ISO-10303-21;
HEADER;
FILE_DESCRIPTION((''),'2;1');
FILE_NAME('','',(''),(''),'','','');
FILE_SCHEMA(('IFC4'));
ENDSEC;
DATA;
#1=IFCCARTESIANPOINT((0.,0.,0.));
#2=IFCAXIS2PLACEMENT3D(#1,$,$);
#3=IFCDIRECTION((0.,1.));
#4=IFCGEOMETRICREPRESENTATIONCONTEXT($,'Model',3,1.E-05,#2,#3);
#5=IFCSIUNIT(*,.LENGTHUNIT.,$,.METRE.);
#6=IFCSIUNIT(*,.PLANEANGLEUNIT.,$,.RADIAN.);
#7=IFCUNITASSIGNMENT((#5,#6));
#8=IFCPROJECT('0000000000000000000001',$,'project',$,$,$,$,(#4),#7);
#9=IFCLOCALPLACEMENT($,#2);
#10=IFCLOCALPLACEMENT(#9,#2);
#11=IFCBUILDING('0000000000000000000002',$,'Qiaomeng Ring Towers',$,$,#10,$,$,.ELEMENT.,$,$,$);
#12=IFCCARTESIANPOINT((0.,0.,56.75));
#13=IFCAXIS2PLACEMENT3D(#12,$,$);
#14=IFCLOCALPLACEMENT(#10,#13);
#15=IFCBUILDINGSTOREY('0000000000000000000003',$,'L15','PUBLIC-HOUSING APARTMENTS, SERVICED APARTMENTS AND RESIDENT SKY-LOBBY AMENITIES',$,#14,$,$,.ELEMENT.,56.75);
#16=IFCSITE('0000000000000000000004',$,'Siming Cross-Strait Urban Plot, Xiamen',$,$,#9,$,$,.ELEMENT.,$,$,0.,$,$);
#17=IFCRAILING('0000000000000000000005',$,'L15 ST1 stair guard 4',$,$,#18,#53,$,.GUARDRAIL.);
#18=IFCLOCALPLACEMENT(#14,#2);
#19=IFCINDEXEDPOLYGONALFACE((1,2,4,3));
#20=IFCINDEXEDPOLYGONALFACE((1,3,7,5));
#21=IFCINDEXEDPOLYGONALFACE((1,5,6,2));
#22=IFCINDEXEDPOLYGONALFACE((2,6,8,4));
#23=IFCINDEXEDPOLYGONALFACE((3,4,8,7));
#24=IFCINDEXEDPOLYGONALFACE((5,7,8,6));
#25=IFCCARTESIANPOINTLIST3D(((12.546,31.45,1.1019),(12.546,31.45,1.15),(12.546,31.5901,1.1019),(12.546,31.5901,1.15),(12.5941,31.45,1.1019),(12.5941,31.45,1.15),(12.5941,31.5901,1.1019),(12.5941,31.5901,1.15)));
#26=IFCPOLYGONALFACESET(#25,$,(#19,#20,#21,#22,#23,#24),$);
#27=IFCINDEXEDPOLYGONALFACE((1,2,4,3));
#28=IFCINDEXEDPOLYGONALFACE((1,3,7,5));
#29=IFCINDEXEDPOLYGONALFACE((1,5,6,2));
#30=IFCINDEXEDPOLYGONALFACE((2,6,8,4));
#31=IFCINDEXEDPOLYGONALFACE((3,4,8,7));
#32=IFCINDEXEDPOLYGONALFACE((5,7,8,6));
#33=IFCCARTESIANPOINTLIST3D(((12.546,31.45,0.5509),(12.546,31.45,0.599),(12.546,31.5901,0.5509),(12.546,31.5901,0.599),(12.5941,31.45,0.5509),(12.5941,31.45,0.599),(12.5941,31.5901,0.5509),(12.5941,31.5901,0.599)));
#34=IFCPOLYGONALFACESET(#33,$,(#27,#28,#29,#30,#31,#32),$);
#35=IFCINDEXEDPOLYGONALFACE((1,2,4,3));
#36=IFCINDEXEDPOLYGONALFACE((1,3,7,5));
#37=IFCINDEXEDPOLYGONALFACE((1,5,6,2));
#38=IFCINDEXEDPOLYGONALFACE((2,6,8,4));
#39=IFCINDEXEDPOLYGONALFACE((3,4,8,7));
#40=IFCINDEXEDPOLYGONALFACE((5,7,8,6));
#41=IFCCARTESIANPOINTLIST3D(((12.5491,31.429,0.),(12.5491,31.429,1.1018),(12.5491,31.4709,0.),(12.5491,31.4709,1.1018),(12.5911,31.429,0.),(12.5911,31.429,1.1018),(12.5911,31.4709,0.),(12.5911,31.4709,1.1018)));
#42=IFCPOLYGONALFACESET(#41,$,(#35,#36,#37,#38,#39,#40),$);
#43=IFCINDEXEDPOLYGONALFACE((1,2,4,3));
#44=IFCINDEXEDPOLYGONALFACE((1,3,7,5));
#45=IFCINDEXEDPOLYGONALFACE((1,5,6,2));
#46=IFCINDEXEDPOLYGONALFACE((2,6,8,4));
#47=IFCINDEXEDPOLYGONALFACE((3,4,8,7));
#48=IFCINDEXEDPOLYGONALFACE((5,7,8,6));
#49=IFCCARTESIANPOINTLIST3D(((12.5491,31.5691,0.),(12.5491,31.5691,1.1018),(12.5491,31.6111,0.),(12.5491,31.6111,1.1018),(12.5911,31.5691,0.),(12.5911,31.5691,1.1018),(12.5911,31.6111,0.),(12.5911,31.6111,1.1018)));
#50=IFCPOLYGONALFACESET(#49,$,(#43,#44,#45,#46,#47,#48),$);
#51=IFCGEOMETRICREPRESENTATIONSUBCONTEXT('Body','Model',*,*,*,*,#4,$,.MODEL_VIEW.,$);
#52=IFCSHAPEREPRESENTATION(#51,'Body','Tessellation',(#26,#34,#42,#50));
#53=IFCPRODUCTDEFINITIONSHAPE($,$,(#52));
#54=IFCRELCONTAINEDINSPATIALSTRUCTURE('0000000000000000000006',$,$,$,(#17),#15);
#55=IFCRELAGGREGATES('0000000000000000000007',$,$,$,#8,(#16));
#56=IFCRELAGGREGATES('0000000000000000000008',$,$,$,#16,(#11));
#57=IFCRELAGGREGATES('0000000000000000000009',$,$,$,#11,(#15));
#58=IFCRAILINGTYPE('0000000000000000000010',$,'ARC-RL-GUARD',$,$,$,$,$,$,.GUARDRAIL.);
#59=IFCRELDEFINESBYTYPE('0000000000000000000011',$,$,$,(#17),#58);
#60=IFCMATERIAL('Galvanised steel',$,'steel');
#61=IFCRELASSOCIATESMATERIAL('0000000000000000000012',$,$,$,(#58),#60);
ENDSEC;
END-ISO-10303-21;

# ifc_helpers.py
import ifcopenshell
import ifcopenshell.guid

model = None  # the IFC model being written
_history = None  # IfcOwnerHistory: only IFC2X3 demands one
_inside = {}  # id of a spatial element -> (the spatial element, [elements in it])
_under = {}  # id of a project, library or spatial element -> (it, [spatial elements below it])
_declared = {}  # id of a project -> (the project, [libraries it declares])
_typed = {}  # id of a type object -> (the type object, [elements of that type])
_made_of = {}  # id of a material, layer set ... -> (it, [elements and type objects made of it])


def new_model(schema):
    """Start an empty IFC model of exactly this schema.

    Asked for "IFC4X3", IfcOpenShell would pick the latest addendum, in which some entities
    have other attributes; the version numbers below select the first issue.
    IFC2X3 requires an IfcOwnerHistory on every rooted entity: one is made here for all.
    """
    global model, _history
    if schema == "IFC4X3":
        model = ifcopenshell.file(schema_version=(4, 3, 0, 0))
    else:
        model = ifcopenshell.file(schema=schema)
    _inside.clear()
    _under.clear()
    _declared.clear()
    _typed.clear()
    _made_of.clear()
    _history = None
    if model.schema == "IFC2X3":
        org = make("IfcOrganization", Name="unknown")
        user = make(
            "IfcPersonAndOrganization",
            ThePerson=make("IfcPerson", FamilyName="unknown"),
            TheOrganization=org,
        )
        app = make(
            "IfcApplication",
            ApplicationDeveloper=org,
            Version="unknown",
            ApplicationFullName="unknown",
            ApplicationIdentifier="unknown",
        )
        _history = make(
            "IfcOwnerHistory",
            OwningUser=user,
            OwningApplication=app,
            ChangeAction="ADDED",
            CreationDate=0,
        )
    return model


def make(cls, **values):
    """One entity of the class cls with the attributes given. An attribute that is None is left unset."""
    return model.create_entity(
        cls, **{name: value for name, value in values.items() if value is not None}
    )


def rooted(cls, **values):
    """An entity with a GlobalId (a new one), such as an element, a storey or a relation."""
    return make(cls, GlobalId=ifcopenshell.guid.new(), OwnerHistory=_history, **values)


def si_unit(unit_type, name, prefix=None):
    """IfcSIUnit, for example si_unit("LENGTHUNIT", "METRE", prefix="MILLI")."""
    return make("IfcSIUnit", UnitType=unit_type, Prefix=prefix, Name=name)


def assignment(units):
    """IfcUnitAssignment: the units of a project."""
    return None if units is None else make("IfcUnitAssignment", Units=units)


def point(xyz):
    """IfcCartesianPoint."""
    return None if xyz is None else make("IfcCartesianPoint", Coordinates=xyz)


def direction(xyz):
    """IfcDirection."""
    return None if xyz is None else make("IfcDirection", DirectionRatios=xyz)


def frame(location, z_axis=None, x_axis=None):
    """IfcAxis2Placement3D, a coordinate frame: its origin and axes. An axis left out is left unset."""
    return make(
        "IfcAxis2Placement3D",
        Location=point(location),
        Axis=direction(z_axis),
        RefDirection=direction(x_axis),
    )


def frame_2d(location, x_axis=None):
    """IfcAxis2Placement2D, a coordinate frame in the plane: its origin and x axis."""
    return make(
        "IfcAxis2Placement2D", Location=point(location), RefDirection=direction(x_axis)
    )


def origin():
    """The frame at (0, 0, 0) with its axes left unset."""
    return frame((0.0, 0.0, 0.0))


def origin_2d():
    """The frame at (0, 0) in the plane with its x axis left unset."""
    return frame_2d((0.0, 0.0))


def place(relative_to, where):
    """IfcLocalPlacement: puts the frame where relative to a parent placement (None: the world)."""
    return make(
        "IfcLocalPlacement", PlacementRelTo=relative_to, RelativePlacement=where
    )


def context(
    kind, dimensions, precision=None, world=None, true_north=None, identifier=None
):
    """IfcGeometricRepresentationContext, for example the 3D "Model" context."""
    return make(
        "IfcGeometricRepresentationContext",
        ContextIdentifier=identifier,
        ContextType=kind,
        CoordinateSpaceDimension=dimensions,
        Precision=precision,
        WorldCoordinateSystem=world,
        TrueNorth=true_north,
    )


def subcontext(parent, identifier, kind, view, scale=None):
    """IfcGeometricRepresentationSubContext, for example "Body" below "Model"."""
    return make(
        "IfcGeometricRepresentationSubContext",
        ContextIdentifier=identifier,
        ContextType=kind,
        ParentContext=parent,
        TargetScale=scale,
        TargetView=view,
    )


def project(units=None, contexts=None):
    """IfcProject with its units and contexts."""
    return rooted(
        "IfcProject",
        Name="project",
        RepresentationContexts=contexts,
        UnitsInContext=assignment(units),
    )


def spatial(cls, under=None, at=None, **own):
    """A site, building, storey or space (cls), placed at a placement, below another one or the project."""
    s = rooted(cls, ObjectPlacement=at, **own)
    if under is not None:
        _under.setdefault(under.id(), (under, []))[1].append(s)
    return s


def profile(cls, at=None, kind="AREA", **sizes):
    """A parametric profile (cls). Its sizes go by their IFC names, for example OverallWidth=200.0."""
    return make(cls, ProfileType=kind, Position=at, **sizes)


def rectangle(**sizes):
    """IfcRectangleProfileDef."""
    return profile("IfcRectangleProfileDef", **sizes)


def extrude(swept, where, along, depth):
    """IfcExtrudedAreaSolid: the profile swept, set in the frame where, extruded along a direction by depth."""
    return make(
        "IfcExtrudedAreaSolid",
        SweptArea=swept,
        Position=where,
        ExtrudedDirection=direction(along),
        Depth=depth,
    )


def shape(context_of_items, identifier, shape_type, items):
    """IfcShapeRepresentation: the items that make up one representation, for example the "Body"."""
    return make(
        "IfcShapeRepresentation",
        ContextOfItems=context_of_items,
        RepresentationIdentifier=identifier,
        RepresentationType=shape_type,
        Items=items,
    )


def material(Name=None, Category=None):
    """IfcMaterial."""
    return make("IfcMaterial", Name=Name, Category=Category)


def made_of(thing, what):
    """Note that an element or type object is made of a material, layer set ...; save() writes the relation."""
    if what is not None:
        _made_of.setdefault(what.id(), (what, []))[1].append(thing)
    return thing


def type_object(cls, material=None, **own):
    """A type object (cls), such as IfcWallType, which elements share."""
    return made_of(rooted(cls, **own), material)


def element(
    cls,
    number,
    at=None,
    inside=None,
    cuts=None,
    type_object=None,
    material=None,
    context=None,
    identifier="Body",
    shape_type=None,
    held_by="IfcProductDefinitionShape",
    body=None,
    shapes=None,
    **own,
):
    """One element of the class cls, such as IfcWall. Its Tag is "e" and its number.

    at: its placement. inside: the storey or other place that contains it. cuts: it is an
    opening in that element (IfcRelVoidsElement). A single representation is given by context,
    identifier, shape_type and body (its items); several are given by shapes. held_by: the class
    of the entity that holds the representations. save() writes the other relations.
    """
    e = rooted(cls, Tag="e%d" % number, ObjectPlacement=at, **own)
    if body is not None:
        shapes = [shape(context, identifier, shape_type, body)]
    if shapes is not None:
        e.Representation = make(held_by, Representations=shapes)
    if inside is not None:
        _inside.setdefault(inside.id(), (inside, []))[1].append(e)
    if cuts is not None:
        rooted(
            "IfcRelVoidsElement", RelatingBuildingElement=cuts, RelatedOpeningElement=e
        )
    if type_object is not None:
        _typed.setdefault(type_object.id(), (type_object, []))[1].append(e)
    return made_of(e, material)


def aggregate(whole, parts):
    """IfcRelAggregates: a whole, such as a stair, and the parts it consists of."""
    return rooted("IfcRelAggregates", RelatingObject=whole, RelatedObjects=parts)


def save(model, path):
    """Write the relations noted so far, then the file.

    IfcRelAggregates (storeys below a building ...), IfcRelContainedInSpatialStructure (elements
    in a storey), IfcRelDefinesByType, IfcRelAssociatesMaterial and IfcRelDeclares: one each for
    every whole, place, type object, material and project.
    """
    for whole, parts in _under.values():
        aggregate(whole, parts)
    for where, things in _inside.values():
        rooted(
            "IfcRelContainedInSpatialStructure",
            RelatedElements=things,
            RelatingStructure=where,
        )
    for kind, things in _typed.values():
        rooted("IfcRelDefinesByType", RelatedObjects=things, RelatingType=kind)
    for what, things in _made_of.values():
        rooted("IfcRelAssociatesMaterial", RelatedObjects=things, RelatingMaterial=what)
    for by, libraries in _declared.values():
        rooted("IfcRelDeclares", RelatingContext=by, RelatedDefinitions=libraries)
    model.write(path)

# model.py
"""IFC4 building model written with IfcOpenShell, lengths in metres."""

from ifc_helpers import new_model, si_unit, direction, frame, origin, origin_2d, place, context, subcontext, project, spatial, rectangle, extrude, material, type_object, element, save


model = new_model("IFC4")

# Units and contexts
model_context = context("Model", 3, precision=1e-05, world=origin(), true_north=direction((0.0, 1.0)))
body_context = subcontext(model_context, "Body", "Model", "MODEL_VIEW")
ifc_project = project(units=[si_unit("LENGTHUNIT", "METRE"), si_unit("PLANEANGLEUNIT", "RADIAN")], contexts=[model_context])

# Site, building, storey
site_placement = place(None, origin())
site = spatial("IfcSite", under=ifc_project, at=site_placement, Name="Siming Cross-Strait Urban Plot, Xiamen", CompositionType="ELEMENT", RefElevation=0.0)
building_placement = place(site_placement, origin())
building = spatial("IfcBuilding", under=site, at=building_placement, Name="Qiaomeng Ring Towers", CompositionType="ELEMENT")
storey_placement = place(building_placement, frame((0.0, 0.0, 56.75)))
storey = spatial("IfcBuildingStorey", under=building, at=storey_placement, Name="L15", Description="PUBLIC-HOUSING APARTMENTS, SERVICED APARTMENTS AND RESIDENT SKY-LOBBY AMENITIES", CompositionType="ELEMENT", Elevation=56.75)

# Shared definitions
ifc_material_1 = material(Name="Galvanised steel", Category="steel")

# Railing
railing_type_1 = type_object("IfcRailingType", Name="ARC-RL-GUARD", PredefinedType="GUARDRAIL", material=ifc_material_1)
railing_1_placement = place(storey_placement, frame((12.5701, 31.45, 0.0)))
element("IfcRailing", 1, at=railing_1_placement, inside=storey, type_object=railing_type_1, Name="L15 ST1 stair guard 4", PredefinedType="GUARDRAIL", context=body_context, shape_type="SweptSolid", body=[
    extrude(rectangle(XDim=0.0481, YDim=0.0481, at=origin_2d()), frame((0.0, 0.0, 1.126), z_axis=(0.0, 1.0, 0.0), x_axis=(-1.0, 0.0, 0.0)), (0.0, 0.0, 1.0), 0.1401),
    extrude(rectangle(XDim=0.0481, YDim=0.0481, at=origin_2d()), frame((0.0, 0.0, 0.575), z_axis=(0.0, 1.0, 0.0), x_axis=(-1.0, 0.0, 0.0)), (0.0, 0.0, 1.0), 0.1401),
    extrude(rectangle(XDim=0.042, YDim=0.042, at=origin_2d()), origin(), (0.0, 0.0, 1.0), 1.1018),
    extrude(rectangle(XDim=0.042, YDim=0.042, at=origin_2d()), frame((0.0, 0.1401, 0.0)), (0.0, 0.0, 1.0), 1.1018),
])

save(model, "model.ifc")
